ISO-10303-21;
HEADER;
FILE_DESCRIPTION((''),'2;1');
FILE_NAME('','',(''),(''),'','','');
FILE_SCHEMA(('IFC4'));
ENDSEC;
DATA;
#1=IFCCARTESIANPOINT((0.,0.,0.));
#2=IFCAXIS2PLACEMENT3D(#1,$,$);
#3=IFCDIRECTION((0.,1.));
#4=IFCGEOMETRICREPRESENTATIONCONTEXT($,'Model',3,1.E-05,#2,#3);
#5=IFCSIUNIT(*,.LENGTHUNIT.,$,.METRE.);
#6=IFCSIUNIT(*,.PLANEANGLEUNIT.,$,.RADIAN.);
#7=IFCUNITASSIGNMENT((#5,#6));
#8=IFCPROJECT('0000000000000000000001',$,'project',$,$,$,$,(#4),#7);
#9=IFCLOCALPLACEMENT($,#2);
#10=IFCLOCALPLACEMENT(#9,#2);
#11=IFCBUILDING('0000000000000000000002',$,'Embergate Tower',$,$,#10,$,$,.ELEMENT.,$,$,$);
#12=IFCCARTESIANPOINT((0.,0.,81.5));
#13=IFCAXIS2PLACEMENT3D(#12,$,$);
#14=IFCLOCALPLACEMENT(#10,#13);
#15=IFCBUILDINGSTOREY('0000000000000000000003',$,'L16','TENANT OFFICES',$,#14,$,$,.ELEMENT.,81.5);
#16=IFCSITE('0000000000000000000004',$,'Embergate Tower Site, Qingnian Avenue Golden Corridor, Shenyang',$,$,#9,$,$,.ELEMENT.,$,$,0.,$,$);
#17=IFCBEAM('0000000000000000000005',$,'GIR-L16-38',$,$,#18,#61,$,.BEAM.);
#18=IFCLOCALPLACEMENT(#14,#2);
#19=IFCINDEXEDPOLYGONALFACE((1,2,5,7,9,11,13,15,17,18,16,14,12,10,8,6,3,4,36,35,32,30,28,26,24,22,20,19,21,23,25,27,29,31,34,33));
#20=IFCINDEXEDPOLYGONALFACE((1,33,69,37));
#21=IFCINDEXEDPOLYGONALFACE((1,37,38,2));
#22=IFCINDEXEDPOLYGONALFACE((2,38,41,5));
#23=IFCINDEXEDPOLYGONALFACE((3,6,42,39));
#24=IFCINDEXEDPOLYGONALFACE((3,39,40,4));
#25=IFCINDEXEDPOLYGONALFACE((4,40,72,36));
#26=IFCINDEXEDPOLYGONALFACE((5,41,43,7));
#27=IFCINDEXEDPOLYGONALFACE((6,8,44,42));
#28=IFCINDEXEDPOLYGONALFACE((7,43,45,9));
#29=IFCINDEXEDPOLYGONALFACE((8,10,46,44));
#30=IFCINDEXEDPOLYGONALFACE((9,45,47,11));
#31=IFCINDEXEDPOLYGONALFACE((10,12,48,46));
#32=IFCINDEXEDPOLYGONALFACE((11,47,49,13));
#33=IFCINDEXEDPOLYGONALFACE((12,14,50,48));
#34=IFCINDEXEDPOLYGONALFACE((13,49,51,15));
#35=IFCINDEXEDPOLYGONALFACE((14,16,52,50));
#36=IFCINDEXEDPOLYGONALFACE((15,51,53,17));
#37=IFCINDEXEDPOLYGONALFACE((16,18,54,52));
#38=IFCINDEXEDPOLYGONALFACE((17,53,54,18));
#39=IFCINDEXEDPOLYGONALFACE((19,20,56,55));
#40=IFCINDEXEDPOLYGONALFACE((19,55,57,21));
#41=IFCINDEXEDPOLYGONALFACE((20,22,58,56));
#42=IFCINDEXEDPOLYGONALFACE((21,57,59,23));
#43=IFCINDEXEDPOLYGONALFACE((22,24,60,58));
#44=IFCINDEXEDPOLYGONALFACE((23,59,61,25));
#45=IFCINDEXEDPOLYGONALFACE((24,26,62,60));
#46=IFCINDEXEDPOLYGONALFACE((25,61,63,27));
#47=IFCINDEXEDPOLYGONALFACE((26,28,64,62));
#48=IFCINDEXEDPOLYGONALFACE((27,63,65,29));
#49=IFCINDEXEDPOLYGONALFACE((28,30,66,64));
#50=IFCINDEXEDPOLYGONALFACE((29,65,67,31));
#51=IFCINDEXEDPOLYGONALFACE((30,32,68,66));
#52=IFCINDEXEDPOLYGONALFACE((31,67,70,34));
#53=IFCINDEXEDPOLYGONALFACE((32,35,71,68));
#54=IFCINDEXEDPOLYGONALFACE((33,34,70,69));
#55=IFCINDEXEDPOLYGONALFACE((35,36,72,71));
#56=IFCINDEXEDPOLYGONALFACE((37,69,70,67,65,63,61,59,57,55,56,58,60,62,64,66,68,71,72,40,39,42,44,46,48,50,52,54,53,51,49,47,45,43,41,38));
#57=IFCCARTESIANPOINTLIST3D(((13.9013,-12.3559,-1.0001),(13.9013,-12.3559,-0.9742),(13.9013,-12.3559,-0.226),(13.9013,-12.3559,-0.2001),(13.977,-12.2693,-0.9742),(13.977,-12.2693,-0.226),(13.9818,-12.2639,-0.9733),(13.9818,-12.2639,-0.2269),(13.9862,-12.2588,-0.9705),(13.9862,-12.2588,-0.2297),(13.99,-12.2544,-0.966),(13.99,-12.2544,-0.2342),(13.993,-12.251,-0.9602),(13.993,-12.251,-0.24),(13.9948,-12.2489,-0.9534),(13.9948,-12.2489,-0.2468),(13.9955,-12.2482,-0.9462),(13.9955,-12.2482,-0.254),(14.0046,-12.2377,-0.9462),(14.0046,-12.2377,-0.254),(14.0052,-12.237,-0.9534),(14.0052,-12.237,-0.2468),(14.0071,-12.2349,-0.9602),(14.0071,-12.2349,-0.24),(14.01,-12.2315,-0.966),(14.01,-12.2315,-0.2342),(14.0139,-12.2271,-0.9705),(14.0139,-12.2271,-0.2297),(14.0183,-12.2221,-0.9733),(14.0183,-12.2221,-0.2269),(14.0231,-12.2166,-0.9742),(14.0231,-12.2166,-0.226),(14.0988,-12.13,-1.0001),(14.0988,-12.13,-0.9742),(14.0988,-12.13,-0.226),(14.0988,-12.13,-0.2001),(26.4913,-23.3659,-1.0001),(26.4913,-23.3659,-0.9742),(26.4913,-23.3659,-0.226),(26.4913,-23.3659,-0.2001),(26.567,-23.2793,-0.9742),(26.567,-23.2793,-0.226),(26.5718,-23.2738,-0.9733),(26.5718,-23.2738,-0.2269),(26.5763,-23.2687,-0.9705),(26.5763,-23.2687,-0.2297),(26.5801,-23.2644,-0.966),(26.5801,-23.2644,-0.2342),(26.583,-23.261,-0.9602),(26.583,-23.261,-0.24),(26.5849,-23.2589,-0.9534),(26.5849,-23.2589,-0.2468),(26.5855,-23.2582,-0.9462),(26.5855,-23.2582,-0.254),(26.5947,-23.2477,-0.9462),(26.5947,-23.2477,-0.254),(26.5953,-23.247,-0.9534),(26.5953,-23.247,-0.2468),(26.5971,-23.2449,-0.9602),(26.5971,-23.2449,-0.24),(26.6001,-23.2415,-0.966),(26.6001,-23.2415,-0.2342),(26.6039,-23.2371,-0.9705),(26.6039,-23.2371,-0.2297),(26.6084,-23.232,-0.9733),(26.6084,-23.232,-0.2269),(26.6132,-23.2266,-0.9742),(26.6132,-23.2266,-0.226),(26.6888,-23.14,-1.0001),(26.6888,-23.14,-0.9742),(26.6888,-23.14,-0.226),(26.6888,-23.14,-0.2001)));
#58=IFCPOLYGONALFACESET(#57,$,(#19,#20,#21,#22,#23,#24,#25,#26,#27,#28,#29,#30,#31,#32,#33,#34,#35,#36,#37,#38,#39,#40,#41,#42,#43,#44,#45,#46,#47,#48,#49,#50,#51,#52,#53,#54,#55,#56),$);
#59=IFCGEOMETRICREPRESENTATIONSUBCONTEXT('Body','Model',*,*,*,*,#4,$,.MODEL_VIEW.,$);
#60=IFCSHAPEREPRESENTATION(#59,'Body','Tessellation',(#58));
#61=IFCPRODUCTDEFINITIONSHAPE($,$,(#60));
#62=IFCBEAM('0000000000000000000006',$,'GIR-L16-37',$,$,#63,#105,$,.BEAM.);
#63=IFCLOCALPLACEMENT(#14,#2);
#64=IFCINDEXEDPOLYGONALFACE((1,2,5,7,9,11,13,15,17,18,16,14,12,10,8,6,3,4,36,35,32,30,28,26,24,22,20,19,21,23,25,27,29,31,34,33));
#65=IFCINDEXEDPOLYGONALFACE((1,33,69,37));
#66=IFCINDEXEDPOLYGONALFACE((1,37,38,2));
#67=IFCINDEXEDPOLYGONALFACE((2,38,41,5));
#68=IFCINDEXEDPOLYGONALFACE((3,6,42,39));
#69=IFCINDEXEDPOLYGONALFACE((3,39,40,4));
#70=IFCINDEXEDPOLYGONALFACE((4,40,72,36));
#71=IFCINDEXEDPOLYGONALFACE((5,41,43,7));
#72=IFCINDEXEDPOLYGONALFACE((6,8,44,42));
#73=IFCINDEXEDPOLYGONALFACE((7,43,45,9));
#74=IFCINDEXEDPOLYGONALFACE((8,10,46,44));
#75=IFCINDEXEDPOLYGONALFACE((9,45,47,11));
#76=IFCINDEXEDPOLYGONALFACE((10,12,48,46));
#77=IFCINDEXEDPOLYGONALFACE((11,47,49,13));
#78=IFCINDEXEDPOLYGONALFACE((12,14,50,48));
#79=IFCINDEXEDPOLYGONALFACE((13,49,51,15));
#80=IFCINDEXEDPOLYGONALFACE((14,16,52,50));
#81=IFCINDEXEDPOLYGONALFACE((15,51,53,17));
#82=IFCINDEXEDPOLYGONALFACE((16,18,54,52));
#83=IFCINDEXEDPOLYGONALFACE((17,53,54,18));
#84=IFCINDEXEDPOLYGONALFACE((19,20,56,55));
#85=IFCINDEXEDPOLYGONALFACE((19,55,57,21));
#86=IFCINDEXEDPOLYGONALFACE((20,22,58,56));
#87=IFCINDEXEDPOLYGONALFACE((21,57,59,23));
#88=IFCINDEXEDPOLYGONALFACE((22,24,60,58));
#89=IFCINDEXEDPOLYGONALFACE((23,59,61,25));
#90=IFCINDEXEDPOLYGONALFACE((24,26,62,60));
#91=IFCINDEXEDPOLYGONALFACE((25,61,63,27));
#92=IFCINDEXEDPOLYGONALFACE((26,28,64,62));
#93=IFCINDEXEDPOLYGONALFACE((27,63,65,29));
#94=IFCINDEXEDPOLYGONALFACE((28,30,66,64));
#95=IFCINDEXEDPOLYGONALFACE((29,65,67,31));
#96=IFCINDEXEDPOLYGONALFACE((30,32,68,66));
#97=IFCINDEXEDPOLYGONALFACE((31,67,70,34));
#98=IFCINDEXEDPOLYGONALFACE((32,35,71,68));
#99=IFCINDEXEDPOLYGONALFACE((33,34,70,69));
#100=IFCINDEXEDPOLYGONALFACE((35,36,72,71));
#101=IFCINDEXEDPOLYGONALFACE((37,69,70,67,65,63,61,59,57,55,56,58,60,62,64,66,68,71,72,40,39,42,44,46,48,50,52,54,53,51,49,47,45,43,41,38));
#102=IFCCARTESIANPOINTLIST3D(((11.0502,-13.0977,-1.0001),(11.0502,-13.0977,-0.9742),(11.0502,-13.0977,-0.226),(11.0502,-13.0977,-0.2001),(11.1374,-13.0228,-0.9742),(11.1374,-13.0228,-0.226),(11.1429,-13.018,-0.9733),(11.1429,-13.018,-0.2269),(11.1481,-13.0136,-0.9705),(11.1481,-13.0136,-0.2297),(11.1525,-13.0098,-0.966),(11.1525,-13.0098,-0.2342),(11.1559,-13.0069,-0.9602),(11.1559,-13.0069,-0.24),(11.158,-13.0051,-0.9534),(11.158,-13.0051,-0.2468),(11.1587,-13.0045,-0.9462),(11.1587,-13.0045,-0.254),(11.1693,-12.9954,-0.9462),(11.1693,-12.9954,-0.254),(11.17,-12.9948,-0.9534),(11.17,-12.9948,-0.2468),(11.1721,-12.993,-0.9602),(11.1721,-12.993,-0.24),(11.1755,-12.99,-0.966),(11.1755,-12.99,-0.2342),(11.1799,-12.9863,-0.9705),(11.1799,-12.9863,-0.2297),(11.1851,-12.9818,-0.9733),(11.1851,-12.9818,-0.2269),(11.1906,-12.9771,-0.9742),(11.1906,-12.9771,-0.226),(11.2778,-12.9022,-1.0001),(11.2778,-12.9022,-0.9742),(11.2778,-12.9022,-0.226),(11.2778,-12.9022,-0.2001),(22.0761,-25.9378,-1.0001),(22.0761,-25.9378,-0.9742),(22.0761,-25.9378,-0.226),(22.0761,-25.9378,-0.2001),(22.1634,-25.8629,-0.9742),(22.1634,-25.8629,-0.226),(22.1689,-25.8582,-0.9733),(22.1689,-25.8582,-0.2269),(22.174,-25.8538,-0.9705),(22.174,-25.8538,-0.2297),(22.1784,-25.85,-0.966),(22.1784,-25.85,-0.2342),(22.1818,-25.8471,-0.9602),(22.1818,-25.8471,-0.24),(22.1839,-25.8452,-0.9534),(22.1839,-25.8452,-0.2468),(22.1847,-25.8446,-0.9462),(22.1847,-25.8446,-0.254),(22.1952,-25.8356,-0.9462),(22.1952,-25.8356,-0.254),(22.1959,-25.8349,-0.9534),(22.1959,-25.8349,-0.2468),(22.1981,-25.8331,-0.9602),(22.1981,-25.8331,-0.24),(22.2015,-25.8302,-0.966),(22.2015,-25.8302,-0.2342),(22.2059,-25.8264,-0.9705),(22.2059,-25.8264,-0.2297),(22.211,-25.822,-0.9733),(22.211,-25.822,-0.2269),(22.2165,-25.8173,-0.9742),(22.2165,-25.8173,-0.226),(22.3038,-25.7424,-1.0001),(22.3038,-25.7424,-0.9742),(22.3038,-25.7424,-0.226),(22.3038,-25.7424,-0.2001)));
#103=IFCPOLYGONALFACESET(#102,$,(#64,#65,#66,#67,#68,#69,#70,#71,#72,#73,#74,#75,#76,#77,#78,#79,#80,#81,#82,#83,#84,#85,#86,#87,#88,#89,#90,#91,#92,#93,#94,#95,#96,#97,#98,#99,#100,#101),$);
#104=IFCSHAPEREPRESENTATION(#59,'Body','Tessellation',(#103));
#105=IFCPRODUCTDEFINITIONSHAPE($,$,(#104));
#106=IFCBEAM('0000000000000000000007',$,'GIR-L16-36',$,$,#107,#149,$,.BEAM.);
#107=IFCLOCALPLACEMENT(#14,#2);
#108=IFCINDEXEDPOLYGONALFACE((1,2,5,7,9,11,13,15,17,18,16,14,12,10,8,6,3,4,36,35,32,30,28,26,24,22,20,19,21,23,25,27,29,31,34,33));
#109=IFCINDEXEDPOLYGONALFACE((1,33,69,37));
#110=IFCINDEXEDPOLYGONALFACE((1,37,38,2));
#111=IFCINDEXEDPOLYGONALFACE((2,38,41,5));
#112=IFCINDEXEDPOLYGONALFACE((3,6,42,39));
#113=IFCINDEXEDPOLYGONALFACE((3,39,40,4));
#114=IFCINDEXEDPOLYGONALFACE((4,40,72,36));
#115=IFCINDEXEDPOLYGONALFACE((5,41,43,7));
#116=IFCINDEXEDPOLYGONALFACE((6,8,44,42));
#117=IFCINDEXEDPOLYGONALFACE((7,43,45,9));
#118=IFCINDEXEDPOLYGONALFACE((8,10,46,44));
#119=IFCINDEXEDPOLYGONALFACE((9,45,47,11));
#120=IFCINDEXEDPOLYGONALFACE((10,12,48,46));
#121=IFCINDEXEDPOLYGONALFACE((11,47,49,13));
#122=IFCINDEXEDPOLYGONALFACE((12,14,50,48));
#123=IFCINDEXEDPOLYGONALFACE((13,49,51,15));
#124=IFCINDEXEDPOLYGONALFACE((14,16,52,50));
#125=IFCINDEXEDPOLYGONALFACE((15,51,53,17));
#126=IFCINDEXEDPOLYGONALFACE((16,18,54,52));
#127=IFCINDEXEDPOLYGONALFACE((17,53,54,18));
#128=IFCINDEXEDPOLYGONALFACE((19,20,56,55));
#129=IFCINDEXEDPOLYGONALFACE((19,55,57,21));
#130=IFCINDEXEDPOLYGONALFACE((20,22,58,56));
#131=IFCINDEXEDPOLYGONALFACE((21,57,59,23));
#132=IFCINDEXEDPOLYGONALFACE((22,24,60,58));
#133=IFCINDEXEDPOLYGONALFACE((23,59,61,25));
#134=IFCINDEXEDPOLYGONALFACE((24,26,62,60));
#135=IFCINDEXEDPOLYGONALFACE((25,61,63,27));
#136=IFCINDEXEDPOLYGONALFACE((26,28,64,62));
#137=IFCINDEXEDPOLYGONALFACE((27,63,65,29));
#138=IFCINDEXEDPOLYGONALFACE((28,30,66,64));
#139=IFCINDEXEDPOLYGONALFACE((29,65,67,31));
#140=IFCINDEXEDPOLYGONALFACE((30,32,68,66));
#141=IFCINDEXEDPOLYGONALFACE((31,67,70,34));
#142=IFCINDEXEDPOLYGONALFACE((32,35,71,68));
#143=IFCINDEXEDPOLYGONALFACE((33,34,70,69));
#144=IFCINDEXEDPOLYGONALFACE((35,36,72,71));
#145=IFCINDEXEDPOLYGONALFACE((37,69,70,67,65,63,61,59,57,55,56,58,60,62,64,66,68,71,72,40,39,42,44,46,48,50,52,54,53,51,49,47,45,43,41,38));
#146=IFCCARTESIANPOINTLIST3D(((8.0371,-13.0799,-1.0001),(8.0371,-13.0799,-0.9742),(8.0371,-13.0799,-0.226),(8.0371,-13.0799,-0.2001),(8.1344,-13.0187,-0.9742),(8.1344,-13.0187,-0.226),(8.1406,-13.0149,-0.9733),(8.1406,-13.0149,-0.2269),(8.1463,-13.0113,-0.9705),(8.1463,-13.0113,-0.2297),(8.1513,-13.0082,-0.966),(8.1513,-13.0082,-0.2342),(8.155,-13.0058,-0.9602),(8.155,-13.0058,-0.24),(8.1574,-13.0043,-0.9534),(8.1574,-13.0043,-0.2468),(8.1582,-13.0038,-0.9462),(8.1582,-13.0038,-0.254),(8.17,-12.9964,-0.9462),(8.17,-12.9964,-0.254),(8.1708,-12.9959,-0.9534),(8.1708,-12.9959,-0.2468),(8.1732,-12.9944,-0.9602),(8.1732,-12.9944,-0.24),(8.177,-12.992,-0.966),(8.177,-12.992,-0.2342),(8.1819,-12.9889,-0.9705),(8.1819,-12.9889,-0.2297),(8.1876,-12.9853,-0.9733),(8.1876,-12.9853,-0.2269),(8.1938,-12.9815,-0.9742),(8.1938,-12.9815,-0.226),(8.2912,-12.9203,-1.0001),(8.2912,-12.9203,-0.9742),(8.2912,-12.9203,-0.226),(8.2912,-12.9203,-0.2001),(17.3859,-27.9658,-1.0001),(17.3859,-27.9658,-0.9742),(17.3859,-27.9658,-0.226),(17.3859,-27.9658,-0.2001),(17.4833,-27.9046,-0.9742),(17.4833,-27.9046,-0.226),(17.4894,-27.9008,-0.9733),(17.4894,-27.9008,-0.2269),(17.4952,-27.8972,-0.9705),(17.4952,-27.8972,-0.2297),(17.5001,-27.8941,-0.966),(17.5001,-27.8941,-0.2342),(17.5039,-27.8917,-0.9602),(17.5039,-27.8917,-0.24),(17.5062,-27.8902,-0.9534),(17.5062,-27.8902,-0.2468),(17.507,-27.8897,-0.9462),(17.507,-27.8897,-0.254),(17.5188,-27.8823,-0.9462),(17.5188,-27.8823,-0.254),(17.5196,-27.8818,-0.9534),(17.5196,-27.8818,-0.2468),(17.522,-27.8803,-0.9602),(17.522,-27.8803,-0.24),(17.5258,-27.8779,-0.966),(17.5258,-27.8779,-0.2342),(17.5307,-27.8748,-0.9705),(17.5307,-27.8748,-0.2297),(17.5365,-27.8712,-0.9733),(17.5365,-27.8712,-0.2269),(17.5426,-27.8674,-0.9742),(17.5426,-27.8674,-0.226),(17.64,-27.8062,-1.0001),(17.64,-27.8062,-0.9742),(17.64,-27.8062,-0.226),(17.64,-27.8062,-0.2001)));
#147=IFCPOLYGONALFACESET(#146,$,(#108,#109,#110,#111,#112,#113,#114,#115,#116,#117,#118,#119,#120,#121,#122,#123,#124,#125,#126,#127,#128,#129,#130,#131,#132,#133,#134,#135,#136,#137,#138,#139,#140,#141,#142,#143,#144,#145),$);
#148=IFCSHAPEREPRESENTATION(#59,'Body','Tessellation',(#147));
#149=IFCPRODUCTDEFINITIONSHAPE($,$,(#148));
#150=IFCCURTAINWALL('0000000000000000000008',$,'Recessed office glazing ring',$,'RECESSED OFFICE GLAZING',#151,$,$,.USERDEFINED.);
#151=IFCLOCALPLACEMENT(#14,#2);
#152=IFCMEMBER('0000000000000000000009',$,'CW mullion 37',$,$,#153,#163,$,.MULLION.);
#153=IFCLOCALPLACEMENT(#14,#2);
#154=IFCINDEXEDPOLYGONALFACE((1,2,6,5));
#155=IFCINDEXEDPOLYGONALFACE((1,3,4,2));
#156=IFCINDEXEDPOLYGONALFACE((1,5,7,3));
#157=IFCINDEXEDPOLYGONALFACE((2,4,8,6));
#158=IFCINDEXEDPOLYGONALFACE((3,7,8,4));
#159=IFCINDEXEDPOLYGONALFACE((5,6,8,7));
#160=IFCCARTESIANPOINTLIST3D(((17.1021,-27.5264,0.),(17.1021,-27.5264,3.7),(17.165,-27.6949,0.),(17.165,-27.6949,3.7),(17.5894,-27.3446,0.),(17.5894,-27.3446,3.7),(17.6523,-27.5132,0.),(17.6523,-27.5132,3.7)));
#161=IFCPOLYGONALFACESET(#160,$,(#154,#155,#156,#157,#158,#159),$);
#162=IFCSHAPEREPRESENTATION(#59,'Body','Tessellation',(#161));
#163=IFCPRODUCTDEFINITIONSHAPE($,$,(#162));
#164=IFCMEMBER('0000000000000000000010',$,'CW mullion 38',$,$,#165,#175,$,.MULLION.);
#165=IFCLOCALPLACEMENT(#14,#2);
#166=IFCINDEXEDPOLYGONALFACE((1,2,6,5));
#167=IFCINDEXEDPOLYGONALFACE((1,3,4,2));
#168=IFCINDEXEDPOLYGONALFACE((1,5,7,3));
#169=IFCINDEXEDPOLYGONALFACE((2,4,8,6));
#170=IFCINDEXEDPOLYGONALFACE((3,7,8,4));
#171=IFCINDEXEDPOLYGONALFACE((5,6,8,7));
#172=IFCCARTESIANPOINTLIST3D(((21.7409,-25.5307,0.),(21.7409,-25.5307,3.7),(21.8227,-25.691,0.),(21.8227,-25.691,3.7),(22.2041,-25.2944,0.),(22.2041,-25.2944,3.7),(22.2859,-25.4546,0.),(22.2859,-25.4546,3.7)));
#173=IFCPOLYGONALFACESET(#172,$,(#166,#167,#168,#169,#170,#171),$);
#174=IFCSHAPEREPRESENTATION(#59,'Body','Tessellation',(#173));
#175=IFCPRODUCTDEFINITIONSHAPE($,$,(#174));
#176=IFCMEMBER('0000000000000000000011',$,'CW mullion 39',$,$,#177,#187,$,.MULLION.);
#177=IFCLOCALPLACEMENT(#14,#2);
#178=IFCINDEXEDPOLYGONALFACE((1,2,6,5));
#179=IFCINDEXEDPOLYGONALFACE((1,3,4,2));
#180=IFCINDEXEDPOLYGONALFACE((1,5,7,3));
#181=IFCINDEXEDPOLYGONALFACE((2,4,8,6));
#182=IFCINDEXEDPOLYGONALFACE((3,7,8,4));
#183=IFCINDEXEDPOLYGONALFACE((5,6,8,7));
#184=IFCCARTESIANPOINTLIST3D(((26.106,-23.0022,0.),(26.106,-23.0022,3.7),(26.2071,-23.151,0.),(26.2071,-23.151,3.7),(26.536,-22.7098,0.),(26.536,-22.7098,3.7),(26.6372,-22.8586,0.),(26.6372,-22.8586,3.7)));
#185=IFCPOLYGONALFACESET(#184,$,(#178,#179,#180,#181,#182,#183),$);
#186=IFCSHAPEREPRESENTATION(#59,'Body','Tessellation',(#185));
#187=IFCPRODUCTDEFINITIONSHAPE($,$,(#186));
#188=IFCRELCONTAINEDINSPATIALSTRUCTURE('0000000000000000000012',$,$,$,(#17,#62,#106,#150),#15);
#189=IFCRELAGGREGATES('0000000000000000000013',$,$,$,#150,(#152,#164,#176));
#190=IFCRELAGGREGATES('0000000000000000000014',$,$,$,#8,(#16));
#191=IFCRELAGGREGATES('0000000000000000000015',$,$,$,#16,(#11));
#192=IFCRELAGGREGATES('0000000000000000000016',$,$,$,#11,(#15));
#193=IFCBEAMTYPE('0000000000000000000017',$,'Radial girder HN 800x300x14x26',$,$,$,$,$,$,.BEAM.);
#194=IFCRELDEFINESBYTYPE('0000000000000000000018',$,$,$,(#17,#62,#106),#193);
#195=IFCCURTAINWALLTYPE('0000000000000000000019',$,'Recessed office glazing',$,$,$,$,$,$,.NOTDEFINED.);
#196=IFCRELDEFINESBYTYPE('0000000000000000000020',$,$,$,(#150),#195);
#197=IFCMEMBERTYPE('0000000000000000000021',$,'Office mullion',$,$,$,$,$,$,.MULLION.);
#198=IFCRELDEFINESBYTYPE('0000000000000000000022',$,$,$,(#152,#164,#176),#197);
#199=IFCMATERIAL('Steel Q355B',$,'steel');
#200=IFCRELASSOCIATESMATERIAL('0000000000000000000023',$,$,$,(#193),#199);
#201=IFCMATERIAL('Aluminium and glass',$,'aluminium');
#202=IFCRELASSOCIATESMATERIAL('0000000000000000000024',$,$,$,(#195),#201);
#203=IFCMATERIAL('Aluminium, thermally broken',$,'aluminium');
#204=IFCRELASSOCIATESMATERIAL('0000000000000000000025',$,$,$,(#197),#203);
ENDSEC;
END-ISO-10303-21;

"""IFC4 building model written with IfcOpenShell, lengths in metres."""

from ifc_helpers import new_model, si_unit, direction, frame, origin, origin_2d, place, context, subcontext, project, spatial, rectangle, i_section, extrude, source, transform, mapped, material, material_profile, profile_set, type_object, element, aggregate, save


model = new_model("IFC4")

# Units and contexts
model_context = context("Model", 3, precision=1e-05, world=origin(), true_north=direction((0.0, 1.0)))
body_context = subcontext(model_context, "Body", "Model", "MODEL_VIEW")
ifc_project = project(units=[si_unit("LENGTHUNIT", "METRE"), si_unit("PLANEANGLEUNIT", "RADIAN")], contexts=[model_context])

# Site, building, storey
site_placement = place(None, origin())
site = spatial("IfcSite", under=ifc_project, at=site_placement, Name="Embergate Tower Site, Qingnian Avenue Golden Corridor, Shenyang", CompositionType="ELEMENT", RefElevation=0.0)
building_placement = place(site_placement, origin())
building = spatial("IfcBuilding", under=site, at=building_placement, Name="Embergate Tower", CompositionType="ELEMENT")
storey_placement = place(building_placement, frame((0.0, 0.0, 81.5)))
storey = spatial("IfcBuildingStorey", under=building, at=storey_placement, Name="L16", Description="TENANT OFFICES", CompositionType="ELEMENT", Elevation=81.5)

# Beams
ifc_material_1 = material(Name="Steel Q355B", Category="steel")
ifc_material_profile_1 = material_profile(ifc_material_1, i_section(OverallWidth=0.3, OverallDepth=0.8, WebThickness=0.0139, FlangeThickness=0.0259, FilletRadius=0.0281, at=origin_2d()), Name="HN 800x300x14x26")
ifc_profile_set_1 = profile_set([ifc_material_profile_1], Name="Steel Q355 grade B")
beam_type_1 = type_object("IfcBeamType", Name="Radial girder HN 800x300x14x26", PredefinedType="BEAM", material=ifc_profile_set_1)
shared_shape_1 = source(origin(), body_context, "Body", "SweptSolid", [
    extrude(i_section(OverallWidth=0.3, OverallDepth=0.8, WebThickness=0.0139, FlangeThickness=0.0259, FilletRadius=0.0281, at=origin_2d()), origin(), (0.0, 0.0, 1.0), 16.7251),
])
beam_1_placement = place(storey_placement, frame((26.5901, -23.2529, -0.6001), z_axis=(-0.752764, 0.658291, 0.0), x_axis=(-0.658291, -0.752764, 0.0)))
element("IfcBeam", 1, at=beam_1_placement, inside=storey, type_object=beam_type_1, Name="GIR-L16-38", PredefinedType="BEAM", context=body_context, shape_type="MappedRepresentation", body=[
    mapped(shared_shape_1, transform((0.0, 0.0, 0.0))),
])
shared_shape_2 = source(origin(), body_context, "Body", "SweptSolid", [
    extrude(i_section(OverallWidth=0.3, OverallDepth=0.8, WebThickness=0.0139, FlangeThickness=0.0259, FilletRadius=0.0281, at=origin_2d()), origin(), (0.0, 0.0, 1.0), 16.9246),
])
beam_2_placement = place(storey_placement, frame((22.1899, -25.8401, -0.6001), z_axis=(-0.651475, 0.75867, 0.0), x_axis=(-0.75867, -0.651475, 0.0)))
element("IfcBeam", 2, at=beam_2_placement, inside=storey, type_object=beam_type_1, Name="GIR-L16-37", PredefinedType="BEAM", context=body_context, shape_type="MappedRepresentation", body=[
    mapped(shared_shape_2, transform((0.0, 0.0, 0.0))),
])
shared_shape_3 = source(origin(), body_context, "Body", "SweptSolid", [
    extrude(i_section(OverallWidth=0.3, OverallDepth=0.8, WebThickness=0.0139, FlangeThickness=0.0259, FilletRadius=0.0281, at=origin_2d()), origin(), (0.0, 0.0, 1.0), 17.5781),
])
beam_3_placement = place(storey_placement, frame((17.5129, -27.886, -0.6001), z_axis=(-0.531844, 0.846842, 0.0), x_axis=(-0.846842, -0.531844, 0.0)))
element("IfcBeam", 3, at=beam_3_placement, inside=storey, type_object=beam_type_1, Name="GIR-L16-36", PredefinedType="BEAM", context=body_context, shape_type="MappedRepresentation", body=[
    mapped(shared_shape_3, transform((0.0, 0.0, 0.0))),
])

# Curtain wall, members
ifc_material_2 = material(Name="Aluminium and glass", Category="aluminium")
curtain_wall_type = type_object("IfcCurtainWallType", Name="Recessed office glazing", PredefinedType="NOTDEFINED", material=ifc_material_2)
curtain_wall_placement = place(storey_placement, origin())
curtain_wall = element("IfcCurtainWall", 4, at=curtain_wall_placement, inside=storey, type_object=curtain_wall_type, Name="Recessed office glazing ring", ObjectType="RECESSED OFFICE GLAZING", PredefinedType="USERDEFINED")
ifc_material_3 = material(Name="Aluminium, thermally broken", Category="aluminium")
ifc_material_profile_2 = material_profile(ifc_material_3, rectangle(XDim=0.1799, YDim=0.52, at=origin_2d()), Name="AL 520x180")
ifc_profile_set_2 = profile_set([ifc_material_profile_2], Name="Aluminium, thermally broken")
member_type_1 = type_object("IfcMemberType", Name="Office mullion", PredefinedType="MULLION", material=ifc_profile_set_2)
shared_shape_4 = source(origin(), body_context, "Body", "SweptSolid", [
    extrude(rectangle(XDim=0.1799, YDim=0.52, at=origin_2d()), origin(), (0.0, 0.0, 1.0), 3.7),
])
member_1_placement = place(storey_placement, frame((17.3772, -27.5198, 0.0), z_axis=(0.0, 0.0, 1.0), x_axis=(-0.349503, 0.936935, 0.0)))
member_1 = element("IfcMember", 5, at=member_1_placement, type_object=member_type_1, Name="CW mullion 37", PredefinedType="MULLION", context=body_context, shape_type="MappedRepresentation", body=[
    mapped(shared_shape_4, transform((0.0, 0.0, 0.0))),
])
member_2_placement = place(storey_placement, frame((22.0134, -25.4927, 0.0), z_axis=(0.0, 0.0, 1.0), x_axis=(-0.454511, 0.890741, 0.0)))
member_2 = element("IfcMember", 6, at=member_2_placement, type_object=member_type_1, Name="CW mullion 38", PredefinedType="MULLION", context=body_context, shape_type="MappedRepresentation", body=[
    mapped(shared_shape_4, transform((0.0, 0.0, 0.0))),
])
member_3_placement = place(storey_placement, frame((26.3716, -22.9304, 0.0), z_axis=(0.0, 0.0, 1.0), x_axis=(-0.562218, 0.826989, 0.0)))
member_3 = element("IfcMember", 7, at=member_3_placement, type_object=member_type_1, Name="CW mullion 39", PredefinedType="MULLION", context=body_context, shape_type="MappedRepresentation", body=[
    mapped(shared_shape_4, transform((0.0, 0.0, 0.0))),
])
aggregate(curtain_wall, [member_1, member_2, member_3])

save(model, "model.ifc")
